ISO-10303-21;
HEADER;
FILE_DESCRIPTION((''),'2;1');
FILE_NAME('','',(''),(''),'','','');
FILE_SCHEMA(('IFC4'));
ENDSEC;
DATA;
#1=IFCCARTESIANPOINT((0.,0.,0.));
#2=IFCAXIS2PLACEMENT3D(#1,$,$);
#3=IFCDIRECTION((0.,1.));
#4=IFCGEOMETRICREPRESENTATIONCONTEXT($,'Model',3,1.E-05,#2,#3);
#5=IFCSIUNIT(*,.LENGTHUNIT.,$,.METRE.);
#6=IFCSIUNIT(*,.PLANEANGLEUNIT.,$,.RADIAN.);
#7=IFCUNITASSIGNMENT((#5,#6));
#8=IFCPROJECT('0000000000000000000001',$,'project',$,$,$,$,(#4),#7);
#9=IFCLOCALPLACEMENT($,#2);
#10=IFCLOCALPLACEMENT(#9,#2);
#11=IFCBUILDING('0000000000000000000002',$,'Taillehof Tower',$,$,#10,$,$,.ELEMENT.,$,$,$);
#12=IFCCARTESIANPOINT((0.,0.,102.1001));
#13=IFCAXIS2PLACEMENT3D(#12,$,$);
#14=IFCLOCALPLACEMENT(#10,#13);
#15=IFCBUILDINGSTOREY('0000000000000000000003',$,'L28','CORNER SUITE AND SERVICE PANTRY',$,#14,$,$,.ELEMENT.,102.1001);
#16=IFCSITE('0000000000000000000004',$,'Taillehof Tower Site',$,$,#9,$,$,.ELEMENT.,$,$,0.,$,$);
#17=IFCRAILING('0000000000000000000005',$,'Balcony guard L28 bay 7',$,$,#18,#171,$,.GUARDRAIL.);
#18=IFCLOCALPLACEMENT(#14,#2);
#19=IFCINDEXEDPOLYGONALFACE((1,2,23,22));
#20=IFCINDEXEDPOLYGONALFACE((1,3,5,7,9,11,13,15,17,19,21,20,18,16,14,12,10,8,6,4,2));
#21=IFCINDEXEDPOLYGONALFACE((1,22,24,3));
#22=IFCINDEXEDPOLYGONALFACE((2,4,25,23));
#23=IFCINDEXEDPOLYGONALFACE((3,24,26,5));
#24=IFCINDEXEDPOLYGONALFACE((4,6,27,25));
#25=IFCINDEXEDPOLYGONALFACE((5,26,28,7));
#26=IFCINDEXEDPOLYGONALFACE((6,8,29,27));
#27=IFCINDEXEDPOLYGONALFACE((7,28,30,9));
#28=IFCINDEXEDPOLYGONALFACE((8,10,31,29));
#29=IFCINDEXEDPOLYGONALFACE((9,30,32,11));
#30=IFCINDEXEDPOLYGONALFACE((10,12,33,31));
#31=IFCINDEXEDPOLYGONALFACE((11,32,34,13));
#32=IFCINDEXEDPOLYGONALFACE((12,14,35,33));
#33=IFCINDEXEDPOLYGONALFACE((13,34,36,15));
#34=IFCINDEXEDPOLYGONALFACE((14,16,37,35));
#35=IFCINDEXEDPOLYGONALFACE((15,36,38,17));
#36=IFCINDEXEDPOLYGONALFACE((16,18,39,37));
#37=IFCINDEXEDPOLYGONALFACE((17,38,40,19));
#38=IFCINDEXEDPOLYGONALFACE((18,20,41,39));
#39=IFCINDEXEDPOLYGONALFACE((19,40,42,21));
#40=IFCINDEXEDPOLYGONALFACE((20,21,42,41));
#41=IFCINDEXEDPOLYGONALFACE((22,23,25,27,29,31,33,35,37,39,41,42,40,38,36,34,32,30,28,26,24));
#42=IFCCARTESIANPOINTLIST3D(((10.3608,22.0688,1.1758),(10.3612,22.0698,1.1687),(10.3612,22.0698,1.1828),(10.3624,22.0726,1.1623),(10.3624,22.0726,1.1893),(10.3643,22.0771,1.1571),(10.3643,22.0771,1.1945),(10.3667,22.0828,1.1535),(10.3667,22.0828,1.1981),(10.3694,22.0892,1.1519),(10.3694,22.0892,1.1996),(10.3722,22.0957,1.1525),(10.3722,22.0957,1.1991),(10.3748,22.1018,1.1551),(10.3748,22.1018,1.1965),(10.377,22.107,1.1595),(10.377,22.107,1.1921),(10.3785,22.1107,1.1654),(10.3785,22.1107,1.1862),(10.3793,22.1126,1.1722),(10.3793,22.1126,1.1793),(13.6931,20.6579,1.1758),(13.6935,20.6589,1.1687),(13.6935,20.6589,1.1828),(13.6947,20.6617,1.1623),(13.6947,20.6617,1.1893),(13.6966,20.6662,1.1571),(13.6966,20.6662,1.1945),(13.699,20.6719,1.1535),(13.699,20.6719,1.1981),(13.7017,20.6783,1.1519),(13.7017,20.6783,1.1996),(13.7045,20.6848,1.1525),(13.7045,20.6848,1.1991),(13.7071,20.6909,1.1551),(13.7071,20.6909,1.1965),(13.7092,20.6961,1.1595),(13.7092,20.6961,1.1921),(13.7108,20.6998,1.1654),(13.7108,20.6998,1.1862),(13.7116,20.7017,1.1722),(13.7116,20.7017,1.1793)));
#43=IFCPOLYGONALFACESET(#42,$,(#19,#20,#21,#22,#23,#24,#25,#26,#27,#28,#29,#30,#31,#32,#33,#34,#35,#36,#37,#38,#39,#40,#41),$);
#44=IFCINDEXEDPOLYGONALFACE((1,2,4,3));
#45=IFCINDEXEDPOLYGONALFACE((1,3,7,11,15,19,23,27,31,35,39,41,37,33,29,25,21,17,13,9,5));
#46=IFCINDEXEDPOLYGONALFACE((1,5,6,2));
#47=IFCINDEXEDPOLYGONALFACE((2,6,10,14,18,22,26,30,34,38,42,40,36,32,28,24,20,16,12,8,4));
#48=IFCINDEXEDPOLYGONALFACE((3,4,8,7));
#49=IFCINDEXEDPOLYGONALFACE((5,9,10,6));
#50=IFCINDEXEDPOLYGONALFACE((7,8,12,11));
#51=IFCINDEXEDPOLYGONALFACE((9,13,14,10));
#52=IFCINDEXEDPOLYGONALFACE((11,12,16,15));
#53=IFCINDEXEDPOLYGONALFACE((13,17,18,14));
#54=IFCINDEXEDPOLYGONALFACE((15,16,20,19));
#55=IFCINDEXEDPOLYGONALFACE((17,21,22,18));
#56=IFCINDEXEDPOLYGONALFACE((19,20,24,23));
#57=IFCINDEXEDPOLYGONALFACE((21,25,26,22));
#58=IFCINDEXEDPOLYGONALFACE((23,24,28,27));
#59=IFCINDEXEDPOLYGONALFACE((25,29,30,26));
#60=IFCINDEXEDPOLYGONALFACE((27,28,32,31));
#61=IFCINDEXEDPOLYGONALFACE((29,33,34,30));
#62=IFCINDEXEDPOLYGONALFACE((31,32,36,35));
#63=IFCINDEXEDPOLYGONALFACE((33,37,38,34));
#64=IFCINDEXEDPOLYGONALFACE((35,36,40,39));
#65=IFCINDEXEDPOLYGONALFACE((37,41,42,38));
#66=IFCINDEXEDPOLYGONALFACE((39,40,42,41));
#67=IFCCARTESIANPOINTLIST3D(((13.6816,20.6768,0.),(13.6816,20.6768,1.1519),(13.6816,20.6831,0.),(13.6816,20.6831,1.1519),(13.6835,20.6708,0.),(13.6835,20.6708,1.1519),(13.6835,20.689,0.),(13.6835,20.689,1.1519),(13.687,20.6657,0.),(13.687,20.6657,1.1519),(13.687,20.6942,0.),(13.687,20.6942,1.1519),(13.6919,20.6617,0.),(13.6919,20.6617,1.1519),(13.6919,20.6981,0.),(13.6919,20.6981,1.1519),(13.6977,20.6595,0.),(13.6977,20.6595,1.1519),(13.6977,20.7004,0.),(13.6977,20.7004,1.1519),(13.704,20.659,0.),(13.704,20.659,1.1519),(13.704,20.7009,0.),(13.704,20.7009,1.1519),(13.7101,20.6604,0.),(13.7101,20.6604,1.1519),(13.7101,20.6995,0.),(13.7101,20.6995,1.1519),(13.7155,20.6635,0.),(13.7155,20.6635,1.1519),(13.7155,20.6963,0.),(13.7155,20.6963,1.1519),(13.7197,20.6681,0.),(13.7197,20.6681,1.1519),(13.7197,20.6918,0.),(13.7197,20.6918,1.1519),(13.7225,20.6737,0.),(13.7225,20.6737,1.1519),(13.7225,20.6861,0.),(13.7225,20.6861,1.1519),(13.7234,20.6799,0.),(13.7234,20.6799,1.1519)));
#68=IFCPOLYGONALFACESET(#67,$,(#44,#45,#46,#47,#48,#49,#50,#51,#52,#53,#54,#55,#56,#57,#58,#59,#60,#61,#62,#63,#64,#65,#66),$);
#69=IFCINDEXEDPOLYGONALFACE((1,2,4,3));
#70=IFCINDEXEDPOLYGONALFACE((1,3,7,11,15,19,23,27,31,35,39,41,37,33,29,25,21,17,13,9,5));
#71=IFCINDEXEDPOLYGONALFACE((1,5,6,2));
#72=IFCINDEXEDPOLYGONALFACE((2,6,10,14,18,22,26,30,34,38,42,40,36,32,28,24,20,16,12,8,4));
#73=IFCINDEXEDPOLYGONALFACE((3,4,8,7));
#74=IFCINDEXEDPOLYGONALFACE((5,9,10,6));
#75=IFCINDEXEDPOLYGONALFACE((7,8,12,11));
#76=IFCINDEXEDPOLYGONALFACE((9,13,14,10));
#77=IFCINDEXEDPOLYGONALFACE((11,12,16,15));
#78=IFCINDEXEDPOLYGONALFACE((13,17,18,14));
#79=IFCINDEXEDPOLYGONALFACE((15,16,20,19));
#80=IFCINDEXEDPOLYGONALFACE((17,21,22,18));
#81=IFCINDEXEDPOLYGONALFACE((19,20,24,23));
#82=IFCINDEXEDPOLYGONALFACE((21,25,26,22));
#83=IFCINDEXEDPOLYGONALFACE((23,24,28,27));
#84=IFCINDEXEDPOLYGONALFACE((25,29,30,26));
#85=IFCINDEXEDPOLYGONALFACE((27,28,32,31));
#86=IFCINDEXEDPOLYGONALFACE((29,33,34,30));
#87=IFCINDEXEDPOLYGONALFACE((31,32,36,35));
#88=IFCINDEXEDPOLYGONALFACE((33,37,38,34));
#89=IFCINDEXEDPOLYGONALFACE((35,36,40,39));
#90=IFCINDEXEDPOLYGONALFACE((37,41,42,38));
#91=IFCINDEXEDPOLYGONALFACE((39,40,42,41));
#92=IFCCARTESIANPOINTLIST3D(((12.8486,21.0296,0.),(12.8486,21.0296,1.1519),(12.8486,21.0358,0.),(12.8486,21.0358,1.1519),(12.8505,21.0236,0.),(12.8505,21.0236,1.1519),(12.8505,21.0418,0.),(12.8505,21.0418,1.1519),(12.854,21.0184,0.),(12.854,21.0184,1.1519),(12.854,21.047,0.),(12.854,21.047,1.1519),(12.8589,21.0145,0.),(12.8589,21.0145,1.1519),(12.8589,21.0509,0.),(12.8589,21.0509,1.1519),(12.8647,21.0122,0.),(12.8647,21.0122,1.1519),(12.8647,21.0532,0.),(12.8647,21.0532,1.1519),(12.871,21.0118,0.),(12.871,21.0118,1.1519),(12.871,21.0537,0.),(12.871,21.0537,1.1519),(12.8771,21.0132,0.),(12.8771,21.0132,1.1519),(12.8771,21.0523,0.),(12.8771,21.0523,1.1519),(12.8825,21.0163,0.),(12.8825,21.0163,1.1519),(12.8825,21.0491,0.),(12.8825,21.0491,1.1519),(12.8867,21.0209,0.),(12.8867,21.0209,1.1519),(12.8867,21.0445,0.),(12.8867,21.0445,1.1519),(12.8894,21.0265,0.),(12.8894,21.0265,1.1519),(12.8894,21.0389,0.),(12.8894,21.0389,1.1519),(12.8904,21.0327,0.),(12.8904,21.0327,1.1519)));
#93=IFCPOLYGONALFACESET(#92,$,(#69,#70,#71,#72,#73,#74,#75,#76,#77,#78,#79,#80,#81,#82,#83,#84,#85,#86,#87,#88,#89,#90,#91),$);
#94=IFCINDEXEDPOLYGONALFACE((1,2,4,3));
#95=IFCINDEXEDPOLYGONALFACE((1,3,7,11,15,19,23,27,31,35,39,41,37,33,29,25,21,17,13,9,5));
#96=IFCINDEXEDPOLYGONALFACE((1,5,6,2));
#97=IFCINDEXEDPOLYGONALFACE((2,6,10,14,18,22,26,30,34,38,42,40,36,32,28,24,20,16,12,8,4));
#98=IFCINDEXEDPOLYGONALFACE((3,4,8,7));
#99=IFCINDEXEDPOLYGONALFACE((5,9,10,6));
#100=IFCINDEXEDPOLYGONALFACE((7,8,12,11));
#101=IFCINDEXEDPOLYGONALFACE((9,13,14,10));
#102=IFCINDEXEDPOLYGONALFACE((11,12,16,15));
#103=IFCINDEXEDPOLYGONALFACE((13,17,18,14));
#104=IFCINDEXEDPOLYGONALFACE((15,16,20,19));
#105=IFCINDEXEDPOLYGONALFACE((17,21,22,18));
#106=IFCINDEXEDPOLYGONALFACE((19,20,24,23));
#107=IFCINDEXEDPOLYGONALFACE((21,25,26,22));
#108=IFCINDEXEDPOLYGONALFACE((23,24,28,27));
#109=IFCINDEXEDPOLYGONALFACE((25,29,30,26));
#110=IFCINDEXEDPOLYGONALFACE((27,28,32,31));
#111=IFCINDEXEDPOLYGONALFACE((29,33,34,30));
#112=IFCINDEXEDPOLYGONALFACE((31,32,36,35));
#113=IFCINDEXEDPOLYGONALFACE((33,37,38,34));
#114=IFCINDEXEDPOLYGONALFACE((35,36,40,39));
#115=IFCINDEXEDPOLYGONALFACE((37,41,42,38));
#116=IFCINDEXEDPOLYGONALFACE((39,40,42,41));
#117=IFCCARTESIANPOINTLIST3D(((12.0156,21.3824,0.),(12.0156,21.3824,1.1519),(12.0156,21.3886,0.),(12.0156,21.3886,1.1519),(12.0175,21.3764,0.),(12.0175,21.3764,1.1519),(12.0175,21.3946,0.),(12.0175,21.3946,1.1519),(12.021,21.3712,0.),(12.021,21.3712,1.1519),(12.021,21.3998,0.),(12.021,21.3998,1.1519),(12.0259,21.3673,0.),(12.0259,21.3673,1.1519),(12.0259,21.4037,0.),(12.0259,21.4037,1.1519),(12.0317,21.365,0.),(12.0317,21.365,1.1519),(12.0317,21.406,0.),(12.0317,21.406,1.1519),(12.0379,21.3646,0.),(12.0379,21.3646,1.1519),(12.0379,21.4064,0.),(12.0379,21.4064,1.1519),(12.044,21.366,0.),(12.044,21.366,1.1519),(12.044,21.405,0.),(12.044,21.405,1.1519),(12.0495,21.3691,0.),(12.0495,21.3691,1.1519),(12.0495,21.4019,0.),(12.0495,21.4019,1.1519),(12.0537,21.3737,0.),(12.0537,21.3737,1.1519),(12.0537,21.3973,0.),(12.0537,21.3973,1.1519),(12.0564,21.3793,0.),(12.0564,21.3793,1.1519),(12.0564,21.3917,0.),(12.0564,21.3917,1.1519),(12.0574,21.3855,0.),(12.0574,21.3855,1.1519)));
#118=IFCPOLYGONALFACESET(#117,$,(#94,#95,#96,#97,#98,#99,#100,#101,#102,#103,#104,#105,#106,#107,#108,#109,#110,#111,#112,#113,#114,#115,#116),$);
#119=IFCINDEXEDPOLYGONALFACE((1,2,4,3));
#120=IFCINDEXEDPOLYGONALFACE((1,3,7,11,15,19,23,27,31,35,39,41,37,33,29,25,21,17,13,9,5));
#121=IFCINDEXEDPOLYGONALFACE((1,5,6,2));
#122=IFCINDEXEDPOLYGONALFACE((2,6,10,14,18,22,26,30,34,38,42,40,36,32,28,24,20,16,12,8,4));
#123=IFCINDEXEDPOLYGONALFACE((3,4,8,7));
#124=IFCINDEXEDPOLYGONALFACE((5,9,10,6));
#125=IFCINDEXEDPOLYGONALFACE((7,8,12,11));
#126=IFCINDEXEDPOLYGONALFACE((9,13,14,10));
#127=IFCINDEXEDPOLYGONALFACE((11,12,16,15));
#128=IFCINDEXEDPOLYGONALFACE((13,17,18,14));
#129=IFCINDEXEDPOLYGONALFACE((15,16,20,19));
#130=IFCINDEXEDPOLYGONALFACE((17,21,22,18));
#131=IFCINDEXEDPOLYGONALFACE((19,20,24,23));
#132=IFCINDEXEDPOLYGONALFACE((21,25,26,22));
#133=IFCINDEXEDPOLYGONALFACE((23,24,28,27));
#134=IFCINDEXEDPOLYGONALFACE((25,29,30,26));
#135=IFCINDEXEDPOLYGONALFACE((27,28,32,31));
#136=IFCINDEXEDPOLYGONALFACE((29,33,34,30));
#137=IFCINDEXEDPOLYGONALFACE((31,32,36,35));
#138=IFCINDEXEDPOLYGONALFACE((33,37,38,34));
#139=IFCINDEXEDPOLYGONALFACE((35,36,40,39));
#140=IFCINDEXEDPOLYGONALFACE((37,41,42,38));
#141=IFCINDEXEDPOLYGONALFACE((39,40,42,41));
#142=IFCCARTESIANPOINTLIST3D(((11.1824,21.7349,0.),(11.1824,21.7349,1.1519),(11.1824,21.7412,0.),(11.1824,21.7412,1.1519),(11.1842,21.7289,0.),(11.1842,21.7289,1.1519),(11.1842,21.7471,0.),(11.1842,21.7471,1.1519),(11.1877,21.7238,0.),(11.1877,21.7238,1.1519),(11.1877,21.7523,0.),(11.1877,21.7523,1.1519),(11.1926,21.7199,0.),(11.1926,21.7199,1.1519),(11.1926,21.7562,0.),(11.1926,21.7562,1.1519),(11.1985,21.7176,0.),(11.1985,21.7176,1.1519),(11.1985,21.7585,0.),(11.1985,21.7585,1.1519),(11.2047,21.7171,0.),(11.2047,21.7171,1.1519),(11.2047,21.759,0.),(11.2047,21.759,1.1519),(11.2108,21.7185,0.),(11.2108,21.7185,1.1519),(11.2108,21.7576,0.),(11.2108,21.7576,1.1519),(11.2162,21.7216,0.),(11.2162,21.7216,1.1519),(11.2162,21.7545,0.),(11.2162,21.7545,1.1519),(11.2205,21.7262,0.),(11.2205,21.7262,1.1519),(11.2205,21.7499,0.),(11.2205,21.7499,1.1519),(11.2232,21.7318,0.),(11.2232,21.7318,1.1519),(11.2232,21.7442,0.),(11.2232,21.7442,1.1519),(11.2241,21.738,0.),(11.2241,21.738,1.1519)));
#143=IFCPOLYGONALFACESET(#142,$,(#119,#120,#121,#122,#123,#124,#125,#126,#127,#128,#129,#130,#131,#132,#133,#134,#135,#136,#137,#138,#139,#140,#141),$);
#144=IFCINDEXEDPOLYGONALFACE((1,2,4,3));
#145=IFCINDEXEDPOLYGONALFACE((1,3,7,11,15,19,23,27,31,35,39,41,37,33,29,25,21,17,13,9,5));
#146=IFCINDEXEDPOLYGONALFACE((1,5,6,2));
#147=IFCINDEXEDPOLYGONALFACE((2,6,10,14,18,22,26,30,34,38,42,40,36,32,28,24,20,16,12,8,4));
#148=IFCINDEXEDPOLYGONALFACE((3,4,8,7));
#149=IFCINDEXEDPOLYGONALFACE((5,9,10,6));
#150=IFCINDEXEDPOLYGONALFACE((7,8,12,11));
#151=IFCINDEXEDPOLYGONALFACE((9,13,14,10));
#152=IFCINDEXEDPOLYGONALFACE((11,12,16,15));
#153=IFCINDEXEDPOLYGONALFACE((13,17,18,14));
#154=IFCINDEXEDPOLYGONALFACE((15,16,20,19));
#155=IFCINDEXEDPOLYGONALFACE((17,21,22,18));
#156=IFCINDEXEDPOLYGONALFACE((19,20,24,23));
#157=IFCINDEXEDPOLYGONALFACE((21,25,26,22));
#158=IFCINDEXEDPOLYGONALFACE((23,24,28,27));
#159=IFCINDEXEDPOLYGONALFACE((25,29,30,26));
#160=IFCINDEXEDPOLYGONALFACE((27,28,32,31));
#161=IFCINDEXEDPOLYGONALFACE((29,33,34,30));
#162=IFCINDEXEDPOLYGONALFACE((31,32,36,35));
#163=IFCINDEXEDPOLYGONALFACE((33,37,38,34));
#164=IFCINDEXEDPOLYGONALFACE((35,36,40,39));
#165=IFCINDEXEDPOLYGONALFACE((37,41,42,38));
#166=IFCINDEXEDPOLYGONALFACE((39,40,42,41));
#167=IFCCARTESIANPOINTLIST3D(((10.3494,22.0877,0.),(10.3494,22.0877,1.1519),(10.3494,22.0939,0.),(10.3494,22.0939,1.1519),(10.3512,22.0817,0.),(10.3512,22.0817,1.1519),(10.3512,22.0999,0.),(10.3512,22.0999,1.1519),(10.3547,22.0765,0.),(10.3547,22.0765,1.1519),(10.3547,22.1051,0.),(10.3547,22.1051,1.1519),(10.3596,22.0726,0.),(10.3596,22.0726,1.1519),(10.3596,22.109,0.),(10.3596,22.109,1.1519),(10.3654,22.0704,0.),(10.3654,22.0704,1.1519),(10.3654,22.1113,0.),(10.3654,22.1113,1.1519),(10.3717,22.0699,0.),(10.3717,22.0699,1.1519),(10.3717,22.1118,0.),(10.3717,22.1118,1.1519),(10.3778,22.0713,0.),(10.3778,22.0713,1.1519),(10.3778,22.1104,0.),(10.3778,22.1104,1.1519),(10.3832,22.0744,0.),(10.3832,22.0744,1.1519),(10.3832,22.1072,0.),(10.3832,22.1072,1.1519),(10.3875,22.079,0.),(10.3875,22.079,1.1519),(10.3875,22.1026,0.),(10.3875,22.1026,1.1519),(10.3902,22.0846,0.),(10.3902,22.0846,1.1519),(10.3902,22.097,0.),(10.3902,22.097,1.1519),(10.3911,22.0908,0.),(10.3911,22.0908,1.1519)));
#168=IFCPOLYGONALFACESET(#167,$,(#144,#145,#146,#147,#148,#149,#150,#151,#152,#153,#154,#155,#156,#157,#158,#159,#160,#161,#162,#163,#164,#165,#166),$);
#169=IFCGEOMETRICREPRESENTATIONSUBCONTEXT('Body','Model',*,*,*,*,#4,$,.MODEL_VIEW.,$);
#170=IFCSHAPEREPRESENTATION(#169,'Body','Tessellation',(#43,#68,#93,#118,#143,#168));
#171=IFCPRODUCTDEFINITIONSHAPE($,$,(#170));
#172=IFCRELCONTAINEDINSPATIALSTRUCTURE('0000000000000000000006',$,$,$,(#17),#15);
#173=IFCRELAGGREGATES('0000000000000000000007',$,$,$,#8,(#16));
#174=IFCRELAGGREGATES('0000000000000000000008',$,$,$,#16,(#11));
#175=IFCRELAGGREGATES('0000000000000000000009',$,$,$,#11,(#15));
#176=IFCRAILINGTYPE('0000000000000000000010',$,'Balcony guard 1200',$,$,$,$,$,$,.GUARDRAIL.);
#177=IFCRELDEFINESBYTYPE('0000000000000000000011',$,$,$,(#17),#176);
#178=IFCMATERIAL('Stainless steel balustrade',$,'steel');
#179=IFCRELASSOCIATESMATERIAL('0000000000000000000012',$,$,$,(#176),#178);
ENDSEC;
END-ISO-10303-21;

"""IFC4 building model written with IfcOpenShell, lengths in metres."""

from ifc_helpers import new_model, si_unit, direction, frame, origin, origin_2d, place, context, subcontext, project, spatial, circle, extrude, material, type_object, element, save


model = new_model("IFC4")

# Units and contexts
model_context = context("Model", 3, precision=1e-05, world=origin(), true_north=direction((0.0, 1.0)))
body_context = subcontext(model_context, "Body", "Model", "MODEL_VIEW")
ifc_project = project(units=[si_unit("LENGTHUNIT", "METRE"), si_unit("PLANEANGLEUNIT", "RADIAN")], contexts=[model_context])

# Site, building, storey
site_placement = place(None, origin())
site = spatial("IfcSite", under=ifc_project, at=site_placement, Name="Taillehof Tower Site", CompositionType="ELEMENT", RefElevation=0.0)
building_placement = place(site_placement, origin())
building = spatial("IfcBuilding", under=site, at=building_placement, Name="Taillehof Tower", CompositionType="ELEMENT")
storey_placement = place(building_placement, frame((0.0, 0.0, 102.1001)))
storey = spatial("IfcBuildingStorey", under=building, at=storey_placement, Name="L28", Description="CORNER SUITE AND SERVICE PANTRY", CompositionType="ELEMENT", Elevation=102.1001)

# Railing
ifc_material_1 = material(Name="Stainless steel balustrade", Category="steel")
railing_type = type_object("IfcRailingType", Name="Balcony guard 1200", PredefinedType="GUARDRAIL", material=ifc_material_1)
railing_1_placement = place(storey_placement, frame((13.7024, 20.6799, 0.0)))
element("IfcRailing", 1, at=railing_1_placement, inside=storey, type_object=railing_type, Name="Balcony guard L28 bay 7", PredefinedType="GUARDRAIL", context=body_context, shape_type="SweptSolid", body=[
    extrude(circle(Radius=0.0239, at=origin_2d()), frame((0.0, 0.0, 1.1758), z_axis=(-0.92086, 0.389893, 0.0), x_axis=(-0.389893, -0.92086, 0.0)), (0.0, 0.0, 1.0), 3.6187),
    extrude(circle(Radius=0.021, at=origin_2d()), origin(), (0.0, 0.0, 1.0), 1.1519),
    extrude(circle(Radius=0.021, at=origin_2d()), frame((-0.833, 0.3528, 0.0)), (0.0, 0.0, 1.0), 1.1519),
    extrude(circle(Radius=0.021, at=origin_2d()), frame((-1.666, 0.7056, 0.0)), (0.0, 0.0, 1.0), 1.1519),
    extrude(circle(Radius=0.021, at=origin_2d()), frame((-2.4993, 1.0581, 0.0)), (0.0, 0.0, 1.0), 1.1519),
    extrude(circle(Radius=0.021, at=origin_2d()), frame((-3.3323, 1.4109, 0.0)), (0.0, 0.0, 1.0), 1.1519),
])

save(model, "model.ifc")
